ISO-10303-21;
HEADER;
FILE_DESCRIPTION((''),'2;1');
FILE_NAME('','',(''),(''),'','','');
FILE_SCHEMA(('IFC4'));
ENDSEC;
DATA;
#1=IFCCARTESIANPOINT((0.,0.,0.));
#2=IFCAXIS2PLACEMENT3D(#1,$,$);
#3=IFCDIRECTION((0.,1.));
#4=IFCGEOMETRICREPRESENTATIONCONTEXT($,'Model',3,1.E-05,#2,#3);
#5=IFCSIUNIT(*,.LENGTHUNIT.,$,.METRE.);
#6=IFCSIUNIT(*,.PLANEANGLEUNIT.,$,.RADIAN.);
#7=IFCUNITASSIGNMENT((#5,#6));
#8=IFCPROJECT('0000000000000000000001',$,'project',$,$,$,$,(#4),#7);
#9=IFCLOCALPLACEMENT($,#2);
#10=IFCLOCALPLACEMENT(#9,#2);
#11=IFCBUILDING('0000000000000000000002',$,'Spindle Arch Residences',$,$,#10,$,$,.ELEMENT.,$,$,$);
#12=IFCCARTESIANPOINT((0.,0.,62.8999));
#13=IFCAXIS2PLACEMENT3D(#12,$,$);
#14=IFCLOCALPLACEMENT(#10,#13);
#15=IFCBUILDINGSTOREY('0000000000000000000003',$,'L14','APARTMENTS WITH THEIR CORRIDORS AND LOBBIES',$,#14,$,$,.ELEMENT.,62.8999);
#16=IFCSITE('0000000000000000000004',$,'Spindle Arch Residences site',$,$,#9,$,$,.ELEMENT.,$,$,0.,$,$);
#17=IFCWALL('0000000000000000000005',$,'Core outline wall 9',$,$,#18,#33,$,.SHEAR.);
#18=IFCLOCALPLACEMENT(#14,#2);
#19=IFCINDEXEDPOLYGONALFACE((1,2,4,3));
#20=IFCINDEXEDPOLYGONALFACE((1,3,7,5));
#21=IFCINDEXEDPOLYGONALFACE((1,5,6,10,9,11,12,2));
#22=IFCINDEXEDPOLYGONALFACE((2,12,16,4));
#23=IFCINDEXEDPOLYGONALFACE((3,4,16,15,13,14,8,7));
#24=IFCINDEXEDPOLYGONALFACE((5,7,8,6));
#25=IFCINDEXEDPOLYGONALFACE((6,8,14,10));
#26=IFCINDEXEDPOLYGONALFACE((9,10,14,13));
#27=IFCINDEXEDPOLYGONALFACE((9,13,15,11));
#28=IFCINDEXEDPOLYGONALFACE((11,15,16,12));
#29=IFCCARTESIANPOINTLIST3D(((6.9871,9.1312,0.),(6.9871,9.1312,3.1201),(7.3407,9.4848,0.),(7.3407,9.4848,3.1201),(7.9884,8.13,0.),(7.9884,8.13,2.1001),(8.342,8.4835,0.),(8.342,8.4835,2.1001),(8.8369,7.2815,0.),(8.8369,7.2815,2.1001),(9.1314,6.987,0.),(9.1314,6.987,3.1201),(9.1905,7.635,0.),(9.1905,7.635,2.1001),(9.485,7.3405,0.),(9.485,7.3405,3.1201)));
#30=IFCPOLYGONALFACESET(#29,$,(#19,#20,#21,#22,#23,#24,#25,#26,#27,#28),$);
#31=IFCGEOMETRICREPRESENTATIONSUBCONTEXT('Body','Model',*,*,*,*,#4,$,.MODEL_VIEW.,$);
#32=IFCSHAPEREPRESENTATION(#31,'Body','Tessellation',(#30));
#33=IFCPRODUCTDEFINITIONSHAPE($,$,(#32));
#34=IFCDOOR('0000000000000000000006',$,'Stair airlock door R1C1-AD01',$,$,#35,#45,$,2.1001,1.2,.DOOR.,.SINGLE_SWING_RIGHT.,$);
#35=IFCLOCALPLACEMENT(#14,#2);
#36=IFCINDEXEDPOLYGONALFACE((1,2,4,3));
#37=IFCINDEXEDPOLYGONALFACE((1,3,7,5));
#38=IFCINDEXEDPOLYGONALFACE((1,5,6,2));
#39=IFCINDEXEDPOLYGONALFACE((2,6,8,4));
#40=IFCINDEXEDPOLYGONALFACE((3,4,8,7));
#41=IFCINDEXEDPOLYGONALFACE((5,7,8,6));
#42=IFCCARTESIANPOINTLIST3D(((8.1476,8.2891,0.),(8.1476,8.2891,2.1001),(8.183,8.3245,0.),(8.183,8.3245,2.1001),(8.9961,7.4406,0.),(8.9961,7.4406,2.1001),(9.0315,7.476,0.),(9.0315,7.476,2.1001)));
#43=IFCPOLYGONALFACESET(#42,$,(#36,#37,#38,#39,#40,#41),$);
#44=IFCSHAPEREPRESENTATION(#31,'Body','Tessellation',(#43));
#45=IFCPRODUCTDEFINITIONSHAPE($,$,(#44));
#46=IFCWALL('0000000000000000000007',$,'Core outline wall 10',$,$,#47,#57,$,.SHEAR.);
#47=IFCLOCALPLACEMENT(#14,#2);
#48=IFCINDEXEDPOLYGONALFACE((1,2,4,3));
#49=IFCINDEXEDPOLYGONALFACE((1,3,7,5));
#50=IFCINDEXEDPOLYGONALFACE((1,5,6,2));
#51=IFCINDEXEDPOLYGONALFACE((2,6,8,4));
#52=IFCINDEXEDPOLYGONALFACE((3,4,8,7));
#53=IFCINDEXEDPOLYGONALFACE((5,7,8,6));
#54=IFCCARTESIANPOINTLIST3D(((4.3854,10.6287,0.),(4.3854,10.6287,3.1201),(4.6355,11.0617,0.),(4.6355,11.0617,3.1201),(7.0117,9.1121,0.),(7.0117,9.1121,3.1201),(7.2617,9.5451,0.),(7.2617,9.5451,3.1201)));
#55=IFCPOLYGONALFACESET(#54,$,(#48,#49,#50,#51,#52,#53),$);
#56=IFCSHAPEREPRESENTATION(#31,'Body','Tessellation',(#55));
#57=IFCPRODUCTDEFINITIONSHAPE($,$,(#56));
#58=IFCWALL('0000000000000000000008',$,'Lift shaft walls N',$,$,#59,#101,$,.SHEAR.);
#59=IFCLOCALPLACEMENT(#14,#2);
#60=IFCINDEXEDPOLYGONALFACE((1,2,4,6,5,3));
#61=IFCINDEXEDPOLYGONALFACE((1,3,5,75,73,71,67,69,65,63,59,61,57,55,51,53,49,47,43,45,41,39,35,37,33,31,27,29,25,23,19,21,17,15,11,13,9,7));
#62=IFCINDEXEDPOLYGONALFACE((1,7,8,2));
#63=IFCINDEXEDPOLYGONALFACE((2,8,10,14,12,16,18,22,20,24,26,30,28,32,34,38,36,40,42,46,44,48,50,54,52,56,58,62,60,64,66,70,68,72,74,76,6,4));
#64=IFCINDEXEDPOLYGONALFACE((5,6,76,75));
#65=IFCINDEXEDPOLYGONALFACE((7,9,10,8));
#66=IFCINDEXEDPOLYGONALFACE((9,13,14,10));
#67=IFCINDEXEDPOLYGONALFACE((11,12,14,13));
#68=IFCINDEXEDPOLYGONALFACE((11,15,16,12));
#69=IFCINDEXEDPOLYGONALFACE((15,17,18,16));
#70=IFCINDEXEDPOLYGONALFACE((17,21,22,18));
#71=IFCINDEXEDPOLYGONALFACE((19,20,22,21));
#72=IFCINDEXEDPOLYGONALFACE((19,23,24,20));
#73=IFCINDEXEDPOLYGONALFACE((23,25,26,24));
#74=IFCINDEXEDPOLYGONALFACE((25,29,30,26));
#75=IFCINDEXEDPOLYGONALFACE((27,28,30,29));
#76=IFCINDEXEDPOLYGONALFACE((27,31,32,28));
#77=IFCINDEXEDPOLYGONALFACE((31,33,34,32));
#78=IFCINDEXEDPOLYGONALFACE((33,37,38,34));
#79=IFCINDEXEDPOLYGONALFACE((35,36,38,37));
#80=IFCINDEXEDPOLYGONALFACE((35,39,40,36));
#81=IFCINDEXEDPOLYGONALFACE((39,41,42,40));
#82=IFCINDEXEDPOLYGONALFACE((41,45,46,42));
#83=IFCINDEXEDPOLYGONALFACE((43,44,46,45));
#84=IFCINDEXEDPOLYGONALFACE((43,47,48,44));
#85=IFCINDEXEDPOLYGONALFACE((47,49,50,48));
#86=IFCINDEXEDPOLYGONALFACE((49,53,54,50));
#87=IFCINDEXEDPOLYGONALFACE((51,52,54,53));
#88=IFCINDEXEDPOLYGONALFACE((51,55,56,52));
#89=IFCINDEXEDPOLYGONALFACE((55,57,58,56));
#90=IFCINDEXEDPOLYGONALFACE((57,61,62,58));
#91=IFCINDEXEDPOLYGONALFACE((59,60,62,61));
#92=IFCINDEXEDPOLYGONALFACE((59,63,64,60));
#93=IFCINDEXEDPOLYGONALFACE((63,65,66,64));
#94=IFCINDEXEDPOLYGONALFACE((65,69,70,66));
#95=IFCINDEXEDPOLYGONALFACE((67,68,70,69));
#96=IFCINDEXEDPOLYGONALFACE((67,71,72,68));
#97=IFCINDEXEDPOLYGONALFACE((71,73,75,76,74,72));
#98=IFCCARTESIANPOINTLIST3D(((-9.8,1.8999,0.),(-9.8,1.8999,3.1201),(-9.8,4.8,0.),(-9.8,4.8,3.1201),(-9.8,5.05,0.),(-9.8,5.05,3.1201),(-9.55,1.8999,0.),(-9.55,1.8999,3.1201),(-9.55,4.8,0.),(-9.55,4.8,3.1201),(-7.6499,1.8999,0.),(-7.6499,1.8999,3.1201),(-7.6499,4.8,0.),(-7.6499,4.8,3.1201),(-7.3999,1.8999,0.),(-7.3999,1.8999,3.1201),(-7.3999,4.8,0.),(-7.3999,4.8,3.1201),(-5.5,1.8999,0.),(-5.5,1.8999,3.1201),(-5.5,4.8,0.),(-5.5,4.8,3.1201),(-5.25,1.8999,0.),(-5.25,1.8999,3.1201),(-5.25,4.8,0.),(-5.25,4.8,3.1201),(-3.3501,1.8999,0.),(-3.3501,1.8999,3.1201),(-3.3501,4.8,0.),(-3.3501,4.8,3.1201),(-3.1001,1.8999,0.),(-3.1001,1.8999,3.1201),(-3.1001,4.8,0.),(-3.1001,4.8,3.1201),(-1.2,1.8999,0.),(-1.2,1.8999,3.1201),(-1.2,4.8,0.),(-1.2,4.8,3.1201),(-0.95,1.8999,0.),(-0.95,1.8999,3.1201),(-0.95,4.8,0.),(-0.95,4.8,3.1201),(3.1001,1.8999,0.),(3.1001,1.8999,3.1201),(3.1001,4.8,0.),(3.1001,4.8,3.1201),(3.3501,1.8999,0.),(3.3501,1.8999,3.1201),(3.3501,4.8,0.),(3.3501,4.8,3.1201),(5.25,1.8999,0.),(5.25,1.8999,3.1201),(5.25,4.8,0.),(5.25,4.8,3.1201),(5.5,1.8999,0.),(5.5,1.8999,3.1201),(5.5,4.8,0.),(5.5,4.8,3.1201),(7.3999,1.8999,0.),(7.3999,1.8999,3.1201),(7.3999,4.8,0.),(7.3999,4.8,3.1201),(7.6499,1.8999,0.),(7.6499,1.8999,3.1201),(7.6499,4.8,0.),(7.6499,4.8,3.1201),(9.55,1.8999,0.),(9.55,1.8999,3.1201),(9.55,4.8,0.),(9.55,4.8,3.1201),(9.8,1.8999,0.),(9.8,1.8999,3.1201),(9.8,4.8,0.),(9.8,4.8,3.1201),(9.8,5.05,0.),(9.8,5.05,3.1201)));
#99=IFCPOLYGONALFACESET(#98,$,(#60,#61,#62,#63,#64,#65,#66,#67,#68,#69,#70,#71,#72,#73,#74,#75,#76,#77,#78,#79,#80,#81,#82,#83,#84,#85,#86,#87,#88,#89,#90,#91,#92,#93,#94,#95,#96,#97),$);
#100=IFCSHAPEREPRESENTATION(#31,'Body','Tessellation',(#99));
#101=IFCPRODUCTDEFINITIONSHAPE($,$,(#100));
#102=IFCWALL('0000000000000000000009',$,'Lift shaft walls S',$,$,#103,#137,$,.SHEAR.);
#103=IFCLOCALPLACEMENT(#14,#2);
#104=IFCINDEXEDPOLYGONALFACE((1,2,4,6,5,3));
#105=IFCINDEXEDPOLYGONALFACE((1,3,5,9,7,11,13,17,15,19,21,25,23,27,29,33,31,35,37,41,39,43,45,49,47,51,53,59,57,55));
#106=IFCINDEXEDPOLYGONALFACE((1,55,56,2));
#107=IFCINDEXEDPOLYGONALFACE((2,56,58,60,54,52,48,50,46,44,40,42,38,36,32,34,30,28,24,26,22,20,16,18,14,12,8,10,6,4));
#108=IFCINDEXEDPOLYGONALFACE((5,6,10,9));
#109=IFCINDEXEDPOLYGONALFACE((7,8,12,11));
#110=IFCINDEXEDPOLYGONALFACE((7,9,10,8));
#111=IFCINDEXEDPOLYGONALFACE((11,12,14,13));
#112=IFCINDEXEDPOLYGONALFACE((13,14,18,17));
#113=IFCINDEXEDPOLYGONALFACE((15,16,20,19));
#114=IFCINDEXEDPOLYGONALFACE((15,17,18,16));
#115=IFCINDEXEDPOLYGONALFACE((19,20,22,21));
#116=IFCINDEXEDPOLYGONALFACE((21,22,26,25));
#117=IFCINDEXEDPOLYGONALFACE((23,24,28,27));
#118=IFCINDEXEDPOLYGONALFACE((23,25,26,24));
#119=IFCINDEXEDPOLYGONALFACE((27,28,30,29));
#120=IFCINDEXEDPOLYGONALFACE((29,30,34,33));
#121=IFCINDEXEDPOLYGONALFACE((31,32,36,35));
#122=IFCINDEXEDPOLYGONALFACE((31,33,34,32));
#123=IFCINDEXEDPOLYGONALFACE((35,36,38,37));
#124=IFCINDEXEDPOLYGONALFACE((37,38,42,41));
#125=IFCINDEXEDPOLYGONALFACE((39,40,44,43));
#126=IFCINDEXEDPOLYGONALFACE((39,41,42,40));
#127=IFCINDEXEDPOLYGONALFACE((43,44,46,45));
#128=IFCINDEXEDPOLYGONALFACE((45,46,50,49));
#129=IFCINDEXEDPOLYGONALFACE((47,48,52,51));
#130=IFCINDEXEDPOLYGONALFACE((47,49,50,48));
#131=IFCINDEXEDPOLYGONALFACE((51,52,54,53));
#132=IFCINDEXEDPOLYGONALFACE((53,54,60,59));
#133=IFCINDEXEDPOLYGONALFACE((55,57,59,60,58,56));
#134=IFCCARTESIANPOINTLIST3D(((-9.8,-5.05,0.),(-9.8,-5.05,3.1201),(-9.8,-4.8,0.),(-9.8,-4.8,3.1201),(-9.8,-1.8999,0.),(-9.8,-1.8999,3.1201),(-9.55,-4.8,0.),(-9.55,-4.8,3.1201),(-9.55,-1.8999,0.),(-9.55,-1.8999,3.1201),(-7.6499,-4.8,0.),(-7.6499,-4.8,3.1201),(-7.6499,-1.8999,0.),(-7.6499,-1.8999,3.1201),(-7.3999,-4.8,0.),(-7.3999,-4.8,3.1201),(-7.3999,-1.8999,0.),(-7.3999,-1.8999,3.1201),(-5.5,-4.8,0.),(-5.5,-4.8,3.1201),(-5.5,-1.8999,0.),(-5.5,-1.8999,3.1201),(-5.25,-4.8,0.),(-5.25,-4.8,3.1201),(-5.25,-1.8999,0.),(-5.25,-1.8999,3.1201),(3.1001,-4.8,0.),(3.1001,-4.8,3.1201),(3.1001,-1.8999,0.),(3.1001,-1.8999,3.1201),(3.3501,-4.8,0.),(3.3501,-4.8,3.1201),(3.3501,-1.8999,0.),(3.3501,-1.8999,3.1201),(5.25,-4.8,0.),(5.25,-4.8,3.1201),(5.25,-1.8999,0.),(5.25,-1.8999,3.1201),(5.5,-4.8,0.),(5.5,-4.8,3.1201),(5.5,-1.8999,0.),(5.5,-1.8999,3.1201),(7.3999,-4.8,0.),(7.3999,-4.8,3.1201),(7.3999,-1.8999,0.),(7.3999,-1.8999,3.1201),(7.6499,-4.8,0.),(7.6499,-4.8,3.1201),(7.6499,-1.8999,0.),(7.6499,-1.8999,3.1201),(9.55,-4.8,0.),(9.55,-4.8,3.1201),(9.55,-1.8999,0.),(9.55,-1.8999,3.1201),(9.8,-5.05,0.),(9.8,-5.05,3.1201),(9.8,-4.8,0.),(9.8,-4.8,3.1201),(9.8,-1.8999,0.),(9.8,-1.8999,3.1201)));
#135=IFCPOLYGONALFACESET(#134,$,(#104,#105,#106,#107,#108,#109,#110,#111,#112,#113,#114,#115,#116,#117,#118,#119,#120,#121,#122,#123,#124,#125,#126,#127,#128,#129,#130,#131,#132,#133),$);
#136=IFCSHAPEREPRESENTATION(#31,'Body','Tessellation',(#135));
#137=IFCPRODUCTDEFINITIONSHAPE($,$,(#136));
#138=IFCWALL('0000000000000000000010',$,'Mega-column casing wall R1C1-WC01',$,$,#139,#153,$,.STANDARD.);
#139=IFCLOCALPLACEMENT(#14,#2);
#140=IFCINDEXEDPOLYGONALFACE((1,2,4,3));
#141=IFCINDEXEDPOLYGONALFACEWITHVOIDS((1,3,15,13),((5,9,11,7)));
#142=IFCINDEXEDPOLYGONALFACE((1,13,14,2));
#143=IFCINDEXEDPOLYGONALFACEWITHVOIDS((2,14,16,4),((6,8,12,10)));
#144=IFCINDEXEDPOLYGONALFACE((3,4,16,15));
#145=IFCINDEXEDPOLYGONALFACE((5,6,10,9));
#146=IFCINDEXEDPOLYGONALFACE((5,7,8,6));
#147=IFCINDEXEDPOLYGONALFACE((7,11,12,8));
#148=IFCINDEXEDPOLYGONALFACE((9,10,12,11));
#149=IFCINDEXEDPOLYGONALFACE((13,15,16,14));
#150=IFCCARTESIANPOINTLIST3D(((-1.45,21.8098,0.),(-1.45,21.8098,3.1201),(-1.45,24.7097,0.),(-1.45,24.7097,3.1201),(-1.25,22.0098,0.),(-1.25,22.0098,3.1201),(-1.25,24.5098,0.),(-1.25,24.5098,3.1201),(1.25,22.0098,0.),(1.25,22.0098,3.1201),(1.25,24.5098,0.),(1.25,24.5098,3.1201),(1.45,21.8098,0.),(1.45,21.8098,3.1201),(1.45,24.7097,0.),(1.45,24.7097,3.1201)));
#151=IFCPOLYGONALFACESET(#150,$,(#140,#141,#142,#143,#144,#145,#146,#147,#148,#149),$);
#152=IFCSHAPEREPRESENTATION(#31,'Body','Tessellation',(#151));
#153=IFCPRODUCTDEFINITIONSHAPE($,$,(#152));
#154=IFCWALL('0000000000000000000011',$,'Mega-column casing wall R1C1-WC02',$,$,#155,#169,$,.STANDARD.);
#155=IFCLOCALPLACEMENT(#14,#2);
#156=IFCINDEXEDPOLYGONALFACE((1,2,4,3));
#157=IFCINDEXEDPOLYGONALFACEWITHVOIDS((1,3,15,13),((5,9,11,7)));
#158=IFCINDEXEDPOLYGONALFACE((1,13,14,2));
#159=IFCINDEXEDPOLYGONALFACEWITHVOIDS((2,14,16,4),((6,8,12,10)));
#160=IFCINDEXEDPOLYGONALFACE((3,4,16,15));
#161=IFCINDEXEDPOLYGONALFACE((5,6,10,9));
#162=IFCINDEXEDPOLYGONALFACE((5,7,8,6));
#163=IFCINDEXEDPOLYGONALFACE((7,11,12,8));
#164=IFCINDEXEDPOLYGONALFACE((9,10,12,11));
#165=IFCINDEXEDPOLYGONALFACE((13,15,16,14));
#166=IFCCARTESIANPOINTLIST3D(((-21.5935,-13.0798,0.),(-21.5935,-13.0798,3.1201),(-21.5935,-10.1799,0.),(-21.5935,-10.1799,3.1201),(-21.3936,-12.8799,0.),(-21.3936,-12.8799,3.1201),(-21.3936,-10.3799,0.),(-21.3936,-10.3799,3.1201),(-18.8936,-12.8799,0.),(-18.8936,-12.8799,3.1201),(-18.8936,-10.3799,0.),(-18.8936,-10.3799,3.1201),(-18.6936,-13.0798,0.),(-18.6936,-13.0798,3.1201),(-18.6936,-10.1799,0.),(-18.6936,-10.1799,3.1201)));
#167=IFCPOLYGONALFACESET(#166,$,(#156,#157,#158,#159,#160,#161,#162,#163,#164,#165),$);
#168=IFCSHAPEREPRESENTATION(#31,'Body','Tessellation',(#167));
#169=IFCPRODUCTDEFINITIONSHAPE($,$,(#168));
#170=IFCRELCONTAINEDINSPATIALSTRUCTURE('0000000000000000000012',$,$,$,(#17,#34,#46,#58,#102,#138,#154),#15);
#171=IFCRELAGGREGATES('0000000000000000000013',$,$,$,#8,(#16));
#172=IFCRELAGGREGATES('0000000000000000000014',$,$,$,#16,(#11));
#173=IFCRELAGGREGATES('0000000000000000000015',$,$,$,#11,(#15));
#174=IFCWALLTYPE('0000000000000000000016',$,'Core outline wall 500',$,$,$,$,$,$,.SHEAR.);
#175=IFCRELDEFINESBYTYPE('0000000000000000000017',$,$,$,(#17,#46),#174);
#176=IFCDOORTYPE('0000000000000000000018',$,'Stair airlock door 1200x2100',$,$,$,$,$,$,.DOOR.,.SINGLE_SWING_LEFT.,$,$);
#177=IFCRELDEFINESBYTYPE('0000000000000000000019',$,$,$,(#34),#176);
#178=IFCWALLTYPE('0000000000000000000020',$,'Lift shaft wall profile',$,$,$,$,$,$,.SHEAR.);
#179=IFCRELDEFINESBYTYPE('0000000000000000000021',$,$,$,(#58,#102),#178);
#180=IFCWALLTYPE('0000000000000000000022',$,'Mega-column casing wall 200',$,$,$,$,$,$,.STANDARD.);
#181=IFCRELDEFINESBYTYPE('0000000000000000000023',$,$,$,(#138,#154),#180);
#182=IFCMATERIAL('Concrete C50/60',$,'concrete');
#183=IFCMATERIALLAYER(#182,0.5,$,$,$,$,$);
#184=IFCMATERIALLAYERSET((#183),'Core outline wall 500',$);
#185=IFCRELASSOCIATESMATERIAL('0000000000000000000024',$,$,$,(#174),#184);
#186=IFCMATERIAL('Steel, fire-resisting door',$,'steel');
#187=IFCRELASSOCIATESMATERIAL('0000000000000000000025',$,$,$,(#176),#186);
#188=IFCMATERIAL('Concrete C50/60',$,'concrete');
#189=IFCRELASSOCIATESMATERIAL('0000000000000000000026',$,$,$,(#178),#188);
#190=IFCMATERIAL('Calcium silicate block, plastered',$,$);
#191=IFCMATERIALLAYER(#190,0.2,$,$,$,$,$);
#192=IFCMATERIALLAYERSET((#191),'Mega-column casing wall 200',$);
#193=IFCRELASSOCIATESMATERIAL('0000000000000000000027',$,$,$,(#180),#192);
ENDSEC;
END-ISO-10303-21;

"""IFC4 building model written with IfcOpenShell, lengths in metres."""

from ifc_helpers import new_model, si_unit, direction, frame, frame_2d, origin, place, context, subcontext, project, spatial, polyline, rectangle, outline, extrude, material, layer, layer_set, type_object, element, fill, save


model = new_model("IFC4")

# Units and contexts
model_context = context("Model", 3, precision=1e-05, world=origin(), true_north=direction((0.0, 1.0)))
body_context = subcontext(model_context, "Body", "Model", "MODEL_VIEW")
ifc_project = project(units=[si_unit("LENGTHUNIT", "METRE"), si_unit("PLANEANGLEUNIT", "RADIAN")], contexts=[model_context])

# Site, building, storey
site_placement = place(None, origin())
site = spatial("IfcSite", under=ifc_project, at=site_placement, Name="Spindle Arch Residences site", CompositionType="ELEMENT", RefElevation=0.0)
building_placement = place(site_placement, origin())
building = spatial("IfcBuilding", under=site, at=building_placement, Name="Spindle Arch Residences", CompositionType="ELEMENT")
storey_placement = place(building_placement, frame((0.0, 0.0, 62.8999)))
storey = spatial("IfcBuildingStorey", under=building, at=storey_placement, Name="L14", Description="APARTMENTS WITH THEIR CORRIDORS AND LOBBIES", CompositionType="ELEMENT", Elevation=62.8999)

# Wall, opening, door
ifc_material_1 = material(Name="Concrete C50/60", Category="concrete")
ifc_layer_1 = layer(ifc_material_1, 0.5)
ifc_layer_set_1 = layer_set([ifc_layer_1], Name="Core outline wall 500")
wall_type_1 = type_object("IfcWallType", Name="Core outline wall 500", PredefinedType="SHEAR", material=ifc_layer_set_1)
wall_1_placement = place(storey_placement, frame((9.3081, 7.1638, 0.0), z_axis=(0.0, 0.0, 1.0), x_axis=(-0.707107, 0.707107, 0.0)))
wall_1 = element("IfcWall", 1, at=wall_1_placement, inside=storey, type_object=wall_type_1, Name="Core outline wall 9", PredefinedType="SHEAR", context=body_context, shape_type="SweptSolid", body=[
    extrude(rectangle(XDim=3.0325, YDim=0.5, at=frame_2d((1.5161, 0.0))), origin(), (0.0, 0.0, 1.0), 3.1201),
])
opening_1_placement = place(wall_1_placement, frame((0.4163, 0.0, 0.0)))
opening_1 = element("IfcOpeningElement", 2, at=opening_1_placement, cuts=wall_1, PredefinedType="OPENING", context=body_context, shape_type="SweptSolid", body=[
    extrude(rectangle(XDim=1.2, YDim=2.1001, at=frame_2d((0.6001, 1.05))), frame((0.0, 0.26, 0.0), z_axis=(0.0, -1.0, 0.0), x_axis=(1.0, 0.0, 0.0)), (0.0, 0.0, 1.0), 0.52),
])
ifc_material_2 = material(Name="Steel, fire-resisting door", Category="steel")
door_type_1 = type_object("IfcDoorType", Name="Stair airlock door 1200x2100", OperationType="SINGLE_SWING_LEFT", PredefinedType="DOOR", material=ifc_material_2)
door_1_placement = place(opening_1_placement, origin())
door_1 = element("IfcDoor", 3, at=door_1_placement, inside=storey, type_object=door_type_1, Name="Stair airlock door R1C1-AD01", OperationType="SINGLE_SWING_RIGHT", OverallHeight=2.1001, OverallWidth=1.2, PredefinedType="DOOR", context=body_context, shape_type="SweptSolid", body=[
    extrude(rectangle(XDim=1.2, YDim=2.1001, at=frame_2d((0.6001, 1.05))), frame((0.0, 0.0249, 0.0), z_axis=(0.0, -1.0, 0.0), x_axis=(1.0, 0.0, 0.0)), (0.0, 0.0, 1.0), 0.05),
])
fill(opening_1, door_1)

# Wall
wall_2_placement = place(storey_placement, frame((7.1367, 9.3286, 0.0), z_axis=(0.0, 0.0, 1.0), x_axis=(-0.865975, 0.500087, 0.0)))
element("IfcWall", 4, at=wall_2_placement, inside=storey, type_object=wall_type_1, Name="Core outline wall 10", PredefinedType="SHEAR", context=body_context, shape_type="SweptSolid", body=[
    extrude(rectangle(XDim=3.0327, YDim=0.5, at=frame_2d((1.5164, 0.0))), origin(), (0.0, 0.0, 1.0), 3.1201),
])

# Walls
ifc_material_3 = material(Name="Concrete C50/60", Category="concrete")
wall_type_2 = type_object("IfcWallType", Name="Lift shaft wall profile", PredefinedType="SHEAR", material=ifc_material_3)
wall_3_placement = place(storey_placement, origin())
element("IfcWall", 5, at=wall_3_placement, inside=storey, type_object=wall_type_2, Name="Lift shaft walls N", PredefinedType="SHEAR", context=body_context, shape_type="SweptSolid", body=[
    extrude(outline(polyline([(-9.55, 4.8), (-7.6499, 4.8), (-7.6499, 1.8999), (-7.3999, 1.8999), (-7.3999, 4.8), (-5.5, 4.8), (-5.5, 1.8999), (-5.25, 1.8999), (-5.25, 4.8), (-3.3501, 4.8), (-3.3501, 1.8999), (-3.1001, 1.8999), (-3.1001, 4.8), (-1.2, 4.8), (-1.2, 1.8999), (-0.95, 1.8999), (-0.95, 4.8), (3.1001, 4.8), (3.1001, 1.8999), (3.3501, 1.8999), (3.3501, 4.8), (5.25, 4.8), (5.25, 1.8999), (5.5, 1.8999), (5.5, 4.8), (7.3999, 4.8), (7.3999, 1.8999), (7.6499, 1.8999), (7.6499, 4.8), (9.55, 4.8), (9.55, 1.8999), (9.8, 1.8999), (9.8, 4.8), (9.8, 5.05), (-9.8, 5.05), (-9.8, 4.8), (-9.8, 1.8999), (-9.55, 1.8999), (-9.55, 4.8)])), origin(), (0.0, 0.0, 1.0), 3.1201),
])
wall_4_placement = place(storey_placement, origin())
element("IfcWall", 6, at=wall_4_placement, inside=storey, type_object=wall_type_2, Name="Lift shaft walls S", PredefinedType="SHEAR", context=body_context, shape_type="SweptSolid", body=[
    extrude(outline(polyline([(9.8, -5.05), (9.8, -4.8), (9.8, -1.8999), (9.55, -1.8999), (9.55, -4.8), (7.6499, -4.8), (7.6499, -1.8999), (7.3999, -1.8999), (7.3999, -4.8), (5.5, -4.8), (5.5, -1.8999), (5.25, -1.8999), (5.25, -4.8), (3.3501, -4.8), (3.3501, -1.8999), (3.1001, -1.8999), (3.1001, -4.8), (-5.25, -4.8), (-5.25, -1.8999), (-5.5, -1.8999), (-5.5, -4.8), (-7.3999, -4.8), (-7.3999, -1.8999), (-7.6499, -1.8999), (-7.6499, -4.8), (-9.55, -4.8), (-9.55, -1.8999), (-9.8, -1.8999), (-9.8, -4.8), (-9.8, -5.05), (9.8, -5.05)])), origin(), (0.0, 0.0, 1.0), 3.1201),
])
ifc_material_4 = material(Name="Calcium silicate block, plastered")
ifc_layer_2 = layer(ifc_material_4, 0.2)
ifc_layer_set_2 = layer_set([ifc_layer_2], Name="Mega-column casing wall 200")
wall_type_3 = type_object("IfcWallType", Name="Mega-column casing wall 200", PredefinedType="STANDARD", material=ifc_layer_set_2)
wall_5_placement = place(storey_placement, origin())
element("IfcWall", 7, at=wall_5_placement, inside=storey, type_object=wall_type_3, Name="Mega-column casing wall R1C1-WC01", PredefinedType="STANDARD", context=body_context, shape_type="SweptSolid", body=[
    extrude(outline(polyline([(1.45, 24.7097), (1.45, 21.8098), (-1.45, 21.8098), (-1.45, 24.7097), (1.45, 24.7097)]), holes=[polyline([(-1.25, 22.0098), (1.25, 22.0098), (1.25, 24.5098), (-1.25, 24.5098), (-1.25, 22.0098)])]), origin(), (0.0, 0.0, 1.0), 3.1201),
])
wall_6_placement = place(storey_placement, origin())
element("IfcWall", 8, at=wall_6_placement, inside=storey, type_object=wall_type_3, Name="Mega-column casing wall R1C1-WC02", PredefinedType="STANDARD", context=body_context, shape_type="SweptSolid", body=[
    extrude(outline(polyline([(-18.6936, -10.1799), (-18.6936, -13.0798), (-21.5935, -13.0798), (-21.5935, -10.1799), (-18.6936, -10.1799)]), holes=[polyline([(-21.3936, -12.8799), (-18.8936, -12.8799), (-18.8936, -10.3799), (-21.3936, -10.3799), (-21.3936, -12.8799)])]), origin(), (0.0, 0.0, 1.0), 3.1201),
])

save(model, "model.ifc")
